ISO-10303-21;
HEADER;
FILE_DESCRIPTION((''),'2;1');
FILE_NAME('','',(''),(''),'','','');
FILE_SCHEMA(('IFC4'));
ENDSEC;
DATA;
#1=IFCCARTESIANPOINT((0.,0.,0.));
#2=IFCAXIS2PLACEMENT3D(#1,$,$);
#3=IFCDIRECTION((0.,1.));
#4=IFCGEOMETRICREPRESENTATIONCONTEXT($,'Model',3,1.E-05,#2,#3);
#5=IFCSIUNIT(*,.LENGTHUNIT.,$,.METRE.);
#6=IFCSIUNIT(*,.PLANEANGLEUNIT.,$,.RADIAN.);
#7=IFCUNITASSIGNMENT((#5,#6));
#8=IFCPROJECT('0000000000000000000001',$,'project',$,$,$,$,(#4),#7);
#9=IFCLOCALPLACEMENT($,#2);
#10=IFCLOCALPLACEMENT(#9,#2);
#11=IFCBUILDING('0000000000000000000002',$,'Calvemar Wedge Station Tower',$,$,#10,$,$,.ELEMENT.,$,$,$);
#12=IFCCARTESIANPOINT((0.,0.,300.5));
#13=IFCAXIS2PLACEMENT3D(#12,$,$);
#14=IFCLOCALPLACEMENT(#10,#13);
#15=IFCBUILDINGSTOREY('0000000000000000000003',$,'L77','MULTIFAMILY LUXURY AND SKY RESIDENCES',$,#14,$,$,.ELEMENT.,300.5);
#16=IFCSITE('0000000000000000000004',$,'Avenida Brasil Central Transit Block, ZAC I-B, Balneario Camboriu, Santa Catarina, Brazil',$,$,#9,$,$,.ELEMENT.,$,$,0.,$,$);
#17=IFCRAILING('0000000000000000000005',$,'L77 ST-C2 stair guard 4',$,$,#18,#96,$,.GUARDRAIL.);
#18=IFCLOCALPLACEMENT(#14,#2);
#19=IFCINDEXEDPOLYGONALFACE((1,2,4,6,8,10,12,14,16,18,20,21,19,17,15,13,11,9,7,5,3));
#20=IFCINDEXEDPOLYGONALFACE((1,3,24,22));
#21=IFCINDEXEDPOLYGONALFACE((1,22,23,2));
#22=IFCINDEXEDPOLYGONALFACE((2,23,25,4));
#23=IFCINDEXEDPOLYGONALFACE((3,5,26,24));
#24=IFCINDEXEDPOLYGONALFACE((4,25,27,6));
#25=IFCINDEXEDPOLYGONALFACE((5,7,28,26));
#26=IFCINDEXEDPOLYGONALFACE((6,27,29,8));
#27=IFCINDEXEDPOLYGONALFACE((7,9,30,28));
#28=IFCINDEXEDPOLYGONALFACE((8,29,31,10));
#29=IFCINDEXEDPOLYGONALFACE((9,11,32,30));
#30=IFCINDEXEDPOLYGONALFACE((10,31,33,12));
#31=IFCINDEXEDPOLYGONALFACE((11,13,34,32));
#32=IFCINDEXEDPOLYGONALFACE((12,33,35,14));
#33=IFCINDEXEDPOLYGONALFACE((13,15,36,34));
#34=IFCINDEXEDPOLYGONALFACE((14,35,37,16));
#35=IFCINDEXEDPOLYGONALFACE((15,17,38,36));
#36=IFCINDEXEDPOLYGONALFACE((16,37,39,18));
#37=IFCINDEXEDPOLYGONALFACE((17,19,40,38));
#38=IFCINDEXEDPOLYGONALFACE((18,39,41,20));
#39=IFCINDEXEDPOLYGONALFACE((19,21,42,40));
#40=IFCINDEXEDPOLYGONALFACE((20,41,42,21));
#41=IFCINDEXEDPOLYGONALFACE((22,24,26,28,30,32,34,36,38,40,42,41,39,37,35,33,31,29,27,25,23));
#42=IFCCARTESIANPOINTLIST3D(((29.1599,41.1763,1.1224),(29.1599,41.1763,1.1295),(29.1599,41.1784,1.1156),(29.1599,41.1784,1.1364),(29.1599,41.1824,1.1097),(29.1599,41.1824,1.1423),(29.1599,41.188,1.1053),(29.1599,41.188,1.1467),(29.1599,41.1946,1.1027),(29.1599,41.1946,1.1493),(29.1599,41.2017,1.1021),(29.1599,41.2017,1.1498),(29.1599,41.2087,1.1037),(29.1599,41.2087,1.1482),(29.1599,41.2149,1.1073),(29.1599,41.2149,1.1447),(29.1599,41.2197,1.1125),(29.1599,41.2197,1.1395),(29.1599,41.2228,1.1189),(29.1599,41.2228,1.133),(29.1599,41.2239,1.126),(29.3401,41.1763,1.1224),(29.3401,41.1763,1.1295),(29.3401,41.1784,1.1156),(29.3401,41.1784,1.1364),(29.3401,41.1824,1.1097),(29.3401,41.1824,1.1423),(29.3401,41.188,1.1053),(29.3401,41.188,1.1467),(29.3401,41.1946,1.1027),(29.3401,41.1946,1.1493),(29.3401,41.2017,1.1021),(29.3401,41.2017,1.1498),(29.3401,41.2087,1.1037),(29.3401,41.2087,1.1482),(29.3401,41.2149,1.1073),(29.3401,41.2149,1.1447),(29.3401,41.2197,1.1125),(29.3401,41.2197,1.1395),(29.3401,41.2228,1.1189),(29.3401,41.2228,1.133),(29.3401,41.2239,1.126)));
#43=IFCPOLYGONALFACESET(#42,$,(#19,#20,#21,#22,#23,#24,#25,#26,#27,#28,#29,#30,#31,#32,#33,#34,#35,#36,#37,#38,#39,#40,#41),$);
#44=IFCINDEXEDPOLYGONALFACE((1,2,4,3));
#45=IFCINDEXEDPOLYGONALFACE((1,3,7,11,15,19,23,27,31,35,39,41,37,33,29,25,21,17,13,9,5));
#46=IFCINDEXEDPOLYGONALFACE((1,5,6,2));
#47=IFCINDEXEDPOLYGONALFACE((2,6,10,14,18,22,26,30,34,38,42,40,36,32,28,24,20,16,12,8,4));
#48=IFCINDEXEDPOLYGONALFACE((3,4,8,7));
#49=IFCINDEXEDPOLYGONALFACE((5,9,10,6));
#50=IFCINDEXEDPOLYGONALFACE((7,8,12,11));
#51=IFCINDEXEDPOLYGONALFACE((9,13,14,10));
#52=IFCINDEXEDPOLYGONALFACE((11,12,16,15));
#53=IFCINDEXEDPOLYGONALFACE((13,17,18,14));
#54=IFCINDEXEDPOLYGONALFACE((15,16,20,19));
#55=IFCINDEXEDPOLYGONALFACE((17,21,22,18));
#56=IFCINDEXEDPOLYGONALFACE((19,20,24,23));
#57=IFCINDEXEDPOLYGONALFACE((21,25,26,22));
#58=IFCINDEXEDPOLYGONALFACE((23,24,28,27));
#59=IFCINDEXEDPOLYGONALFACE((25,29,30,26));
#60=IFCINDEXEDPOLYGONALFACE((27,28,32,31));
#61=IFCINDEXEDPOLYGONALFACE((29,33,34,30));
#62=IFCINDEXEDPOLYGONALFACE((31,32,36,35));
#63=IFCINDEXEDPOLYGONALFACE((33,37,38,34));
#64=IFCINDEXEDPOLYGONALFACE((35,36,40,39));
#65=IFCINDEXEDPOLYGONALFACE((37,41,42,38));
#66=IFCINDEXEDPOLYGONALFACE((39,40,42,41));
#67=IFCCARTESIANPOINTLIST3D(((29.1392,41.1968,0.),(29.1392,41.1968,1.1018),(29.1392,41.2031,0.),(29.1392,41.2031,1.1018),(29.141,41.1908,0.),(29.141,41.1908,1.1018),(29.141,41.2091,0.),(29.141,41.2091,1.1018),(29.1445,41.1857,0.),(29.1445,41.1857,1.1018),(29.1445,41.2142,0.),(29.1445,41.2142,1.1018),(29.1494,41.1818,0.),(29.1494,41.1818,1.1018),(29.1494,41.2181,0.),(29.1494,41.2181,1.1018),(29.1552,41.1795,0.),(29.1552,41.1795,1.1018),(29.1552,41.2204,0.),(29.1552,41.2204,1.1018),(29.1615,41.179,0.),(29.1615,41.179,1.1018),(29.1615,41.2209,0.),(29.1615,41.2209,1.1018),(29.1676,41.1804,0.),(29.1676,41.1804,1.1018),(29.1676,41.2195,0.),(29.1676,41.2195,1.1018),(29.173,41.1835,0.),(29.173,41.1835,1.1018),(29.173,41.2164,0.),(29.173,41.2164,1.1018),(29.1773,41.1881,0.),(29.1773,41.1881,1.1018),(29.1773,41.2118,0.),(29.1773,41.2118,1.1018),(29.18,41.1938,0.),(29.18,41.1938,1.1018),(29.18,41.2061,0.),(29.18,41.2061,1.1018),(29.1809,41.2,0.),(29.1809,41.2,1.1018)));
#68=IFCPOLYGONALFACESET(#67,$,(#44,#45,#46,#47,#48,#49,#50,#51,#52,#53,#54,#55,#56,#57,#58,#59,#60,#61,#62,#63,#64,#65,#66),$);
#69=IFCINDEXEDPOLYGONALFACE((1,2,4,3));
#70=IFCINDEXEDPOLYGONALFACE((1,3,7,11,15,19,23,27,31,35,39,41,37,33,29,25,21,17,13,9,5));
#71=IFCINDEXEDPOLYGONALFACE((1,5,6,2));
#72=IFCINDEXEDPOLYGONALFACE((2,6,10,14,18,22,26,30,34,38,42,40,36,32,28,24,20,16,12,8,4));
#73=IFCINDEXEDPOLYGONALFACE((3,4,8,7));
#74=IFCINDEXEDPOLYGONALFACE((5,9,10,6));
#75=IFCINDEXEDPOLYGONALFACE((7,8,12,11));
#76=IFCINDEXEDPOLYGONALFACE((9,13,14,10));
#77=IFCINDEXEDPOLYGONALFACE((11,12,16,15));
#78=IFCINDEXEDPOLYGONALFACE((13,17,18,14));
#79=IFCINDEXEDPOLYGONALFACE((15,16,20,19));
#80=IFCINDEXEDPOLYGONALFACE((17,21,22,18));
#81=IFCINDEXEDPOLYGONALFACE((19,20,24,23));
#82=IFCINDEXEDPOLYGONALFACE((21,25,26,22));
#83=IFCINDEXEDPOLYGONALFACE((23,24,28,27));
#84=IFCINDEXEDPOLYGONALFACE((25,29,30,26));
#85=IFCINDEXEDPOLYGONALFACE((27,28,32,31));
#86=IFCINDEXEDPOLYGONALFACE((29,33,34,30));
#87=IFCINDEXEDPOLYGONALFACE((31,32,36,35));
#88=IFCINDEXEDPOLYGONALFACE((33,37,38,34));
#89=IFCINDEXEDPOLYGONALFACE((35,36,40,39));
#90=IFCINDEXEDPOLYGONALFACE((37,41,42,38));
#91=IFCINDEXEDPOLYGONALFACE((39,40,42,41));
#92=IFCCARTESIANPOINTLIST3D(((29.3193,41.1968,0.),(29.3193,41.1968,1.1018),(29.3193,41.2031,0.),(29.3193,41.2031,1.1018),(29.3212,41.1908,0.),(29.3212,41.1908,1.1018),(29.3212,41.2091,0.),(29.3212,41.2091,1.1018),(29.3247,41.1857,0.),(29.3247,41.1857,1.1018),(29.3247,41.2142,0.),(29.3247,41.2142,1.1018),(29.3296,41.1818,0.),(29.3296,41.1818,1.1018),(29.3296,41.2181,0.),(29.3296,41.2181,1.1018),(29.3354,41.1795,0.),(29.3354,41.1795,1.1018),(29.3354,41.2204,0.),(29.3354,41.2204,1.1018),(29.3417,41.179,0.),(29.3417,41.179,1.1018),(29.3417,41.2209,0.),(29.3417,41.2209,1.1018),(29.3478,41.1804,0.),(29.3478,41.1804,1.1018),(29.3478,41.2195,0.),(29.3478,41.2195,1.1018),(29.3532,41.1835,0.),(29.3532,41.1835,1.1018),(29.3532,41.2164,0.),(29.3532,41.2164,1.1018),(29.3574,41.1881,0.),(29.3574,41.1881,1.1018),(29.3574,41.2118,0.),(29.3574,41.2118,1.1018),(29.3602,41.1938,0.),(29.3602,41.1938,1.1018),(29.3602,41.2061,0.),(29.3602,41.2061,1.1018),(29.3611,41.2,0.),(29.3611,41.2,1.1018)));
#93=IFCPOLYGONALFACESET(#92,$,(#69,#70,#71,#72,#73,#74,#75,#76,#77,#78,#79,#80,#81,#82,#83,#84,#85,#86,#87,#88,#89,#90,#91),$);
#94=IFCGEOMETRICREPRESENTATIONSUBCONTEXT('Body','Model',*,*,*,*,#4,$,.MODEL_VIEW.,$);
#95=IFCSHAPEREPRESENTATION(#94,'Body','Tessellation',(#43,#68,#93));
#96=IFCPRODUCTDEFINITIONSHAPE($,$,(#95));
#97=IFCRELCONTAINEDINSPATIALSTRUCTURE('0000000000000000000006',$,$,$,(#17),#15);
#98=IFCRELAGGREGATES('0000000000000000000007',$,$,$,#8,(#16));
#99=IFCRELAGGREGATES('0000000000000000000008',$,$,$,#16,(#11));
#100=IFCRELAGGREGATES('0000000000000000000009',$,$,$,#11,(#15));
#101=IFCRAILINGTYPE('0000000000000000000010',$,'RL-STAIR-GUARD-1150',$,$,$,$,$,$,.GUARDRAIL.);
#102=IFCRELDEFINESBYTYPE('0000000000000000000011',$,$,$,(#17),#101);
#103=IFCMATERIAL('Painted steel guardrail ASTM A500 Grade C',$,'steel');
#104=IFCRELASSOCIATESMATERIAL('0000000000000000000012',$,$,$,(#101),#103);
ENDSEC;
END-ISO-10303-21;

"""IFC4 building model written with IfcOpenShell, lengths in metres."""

from ifc_helpers import new_model, si_unit, direction, frame, origin, origin_2d, place, context, subcontext, project, spatial, circle, extrude, material, type_object, element, save


model = new_model("IFC4")

# Units and contexts
model_context = context("Model", 3, precision=1e-05, world=origin(), true_north=direction((0.0, 1.0)))
body_context = subcontext(model_context, "Body", "Model", "MODEL_VIEW")
ifc_project = project(units=[si_unit("LENGTHUNIT", "METRE"), si_unit("PLANEANGLEUNIT", "RADIAN")], contexts=[model_context])

# Site, building, storey
site_placement = place(None, origin())
site = spatial("IfcSite", under=ifc_project, at=site_placement, Name="Avenida Brasil Central Transit Block, ZAC I-B, Balneario Camboriu, Santa Catarina, Brazil", CompositionType="ELEMENT", RefElevation=0.0)
building_placement = place(site_placement, origin())
building = spatial("IfcBuilding", under=site, at=building_placement, Name="Calvemar Wedge Station Tower", CompositionType="ELEMENT")
storey_placement = place(building_placement, frame((0.0, 0.0, 300.5)))
storey = spatial("IfcBuildingStorey", under=building, at=storey_placement, Name="L77", Description="MULTIFAMILY LUXURY AND SKY RESIDENCES", CompositionType="ELEMENT", Elevation=300.5)

# Railing
ifc_material_1 = material(Name="Painted steel guardrail ASTM A500 Grade C", Category="steel")
railing_type_1 = type_object("IfcRailingType", Name="RL-STAIR-GUARD-1150", PredefinedType="GUARDRAIL", material=ifc_material_1)
railing_1_placement = place(storey_placement, frame((29.1599, 41.2, 0.0)))
element("IfcRailing", 1, at=railing_1_placement, inside=storey, type_object=railing_type_1, Name="L77 ST-C2 stair guard 4", PredefinedType="GUARDRAIL", context=body_context, shape_type="SweptSolid", body=[
    extrude(circle(Radius=0.0239, at=origin_2d()), frame((0.0, 0.0, 1.126), z_axis=(1.0, 0.0, 0.0), x_axis=(0.0, 1.0, 0.0)), (0.0, 0.0, 1.0), 0.1802),
    extrude(circle(Radius=0.021, at=origin_2d()), origin(), (0.0, 0.0, 1.0), 1.1018),
    extrude(circle(Radius=0.021, at=origin_2d()), frame((0.1802, 0.0, 0.0)), (0.0, 0.0, 1.0), 1.1018),
])

save(model, "model.ifc")
